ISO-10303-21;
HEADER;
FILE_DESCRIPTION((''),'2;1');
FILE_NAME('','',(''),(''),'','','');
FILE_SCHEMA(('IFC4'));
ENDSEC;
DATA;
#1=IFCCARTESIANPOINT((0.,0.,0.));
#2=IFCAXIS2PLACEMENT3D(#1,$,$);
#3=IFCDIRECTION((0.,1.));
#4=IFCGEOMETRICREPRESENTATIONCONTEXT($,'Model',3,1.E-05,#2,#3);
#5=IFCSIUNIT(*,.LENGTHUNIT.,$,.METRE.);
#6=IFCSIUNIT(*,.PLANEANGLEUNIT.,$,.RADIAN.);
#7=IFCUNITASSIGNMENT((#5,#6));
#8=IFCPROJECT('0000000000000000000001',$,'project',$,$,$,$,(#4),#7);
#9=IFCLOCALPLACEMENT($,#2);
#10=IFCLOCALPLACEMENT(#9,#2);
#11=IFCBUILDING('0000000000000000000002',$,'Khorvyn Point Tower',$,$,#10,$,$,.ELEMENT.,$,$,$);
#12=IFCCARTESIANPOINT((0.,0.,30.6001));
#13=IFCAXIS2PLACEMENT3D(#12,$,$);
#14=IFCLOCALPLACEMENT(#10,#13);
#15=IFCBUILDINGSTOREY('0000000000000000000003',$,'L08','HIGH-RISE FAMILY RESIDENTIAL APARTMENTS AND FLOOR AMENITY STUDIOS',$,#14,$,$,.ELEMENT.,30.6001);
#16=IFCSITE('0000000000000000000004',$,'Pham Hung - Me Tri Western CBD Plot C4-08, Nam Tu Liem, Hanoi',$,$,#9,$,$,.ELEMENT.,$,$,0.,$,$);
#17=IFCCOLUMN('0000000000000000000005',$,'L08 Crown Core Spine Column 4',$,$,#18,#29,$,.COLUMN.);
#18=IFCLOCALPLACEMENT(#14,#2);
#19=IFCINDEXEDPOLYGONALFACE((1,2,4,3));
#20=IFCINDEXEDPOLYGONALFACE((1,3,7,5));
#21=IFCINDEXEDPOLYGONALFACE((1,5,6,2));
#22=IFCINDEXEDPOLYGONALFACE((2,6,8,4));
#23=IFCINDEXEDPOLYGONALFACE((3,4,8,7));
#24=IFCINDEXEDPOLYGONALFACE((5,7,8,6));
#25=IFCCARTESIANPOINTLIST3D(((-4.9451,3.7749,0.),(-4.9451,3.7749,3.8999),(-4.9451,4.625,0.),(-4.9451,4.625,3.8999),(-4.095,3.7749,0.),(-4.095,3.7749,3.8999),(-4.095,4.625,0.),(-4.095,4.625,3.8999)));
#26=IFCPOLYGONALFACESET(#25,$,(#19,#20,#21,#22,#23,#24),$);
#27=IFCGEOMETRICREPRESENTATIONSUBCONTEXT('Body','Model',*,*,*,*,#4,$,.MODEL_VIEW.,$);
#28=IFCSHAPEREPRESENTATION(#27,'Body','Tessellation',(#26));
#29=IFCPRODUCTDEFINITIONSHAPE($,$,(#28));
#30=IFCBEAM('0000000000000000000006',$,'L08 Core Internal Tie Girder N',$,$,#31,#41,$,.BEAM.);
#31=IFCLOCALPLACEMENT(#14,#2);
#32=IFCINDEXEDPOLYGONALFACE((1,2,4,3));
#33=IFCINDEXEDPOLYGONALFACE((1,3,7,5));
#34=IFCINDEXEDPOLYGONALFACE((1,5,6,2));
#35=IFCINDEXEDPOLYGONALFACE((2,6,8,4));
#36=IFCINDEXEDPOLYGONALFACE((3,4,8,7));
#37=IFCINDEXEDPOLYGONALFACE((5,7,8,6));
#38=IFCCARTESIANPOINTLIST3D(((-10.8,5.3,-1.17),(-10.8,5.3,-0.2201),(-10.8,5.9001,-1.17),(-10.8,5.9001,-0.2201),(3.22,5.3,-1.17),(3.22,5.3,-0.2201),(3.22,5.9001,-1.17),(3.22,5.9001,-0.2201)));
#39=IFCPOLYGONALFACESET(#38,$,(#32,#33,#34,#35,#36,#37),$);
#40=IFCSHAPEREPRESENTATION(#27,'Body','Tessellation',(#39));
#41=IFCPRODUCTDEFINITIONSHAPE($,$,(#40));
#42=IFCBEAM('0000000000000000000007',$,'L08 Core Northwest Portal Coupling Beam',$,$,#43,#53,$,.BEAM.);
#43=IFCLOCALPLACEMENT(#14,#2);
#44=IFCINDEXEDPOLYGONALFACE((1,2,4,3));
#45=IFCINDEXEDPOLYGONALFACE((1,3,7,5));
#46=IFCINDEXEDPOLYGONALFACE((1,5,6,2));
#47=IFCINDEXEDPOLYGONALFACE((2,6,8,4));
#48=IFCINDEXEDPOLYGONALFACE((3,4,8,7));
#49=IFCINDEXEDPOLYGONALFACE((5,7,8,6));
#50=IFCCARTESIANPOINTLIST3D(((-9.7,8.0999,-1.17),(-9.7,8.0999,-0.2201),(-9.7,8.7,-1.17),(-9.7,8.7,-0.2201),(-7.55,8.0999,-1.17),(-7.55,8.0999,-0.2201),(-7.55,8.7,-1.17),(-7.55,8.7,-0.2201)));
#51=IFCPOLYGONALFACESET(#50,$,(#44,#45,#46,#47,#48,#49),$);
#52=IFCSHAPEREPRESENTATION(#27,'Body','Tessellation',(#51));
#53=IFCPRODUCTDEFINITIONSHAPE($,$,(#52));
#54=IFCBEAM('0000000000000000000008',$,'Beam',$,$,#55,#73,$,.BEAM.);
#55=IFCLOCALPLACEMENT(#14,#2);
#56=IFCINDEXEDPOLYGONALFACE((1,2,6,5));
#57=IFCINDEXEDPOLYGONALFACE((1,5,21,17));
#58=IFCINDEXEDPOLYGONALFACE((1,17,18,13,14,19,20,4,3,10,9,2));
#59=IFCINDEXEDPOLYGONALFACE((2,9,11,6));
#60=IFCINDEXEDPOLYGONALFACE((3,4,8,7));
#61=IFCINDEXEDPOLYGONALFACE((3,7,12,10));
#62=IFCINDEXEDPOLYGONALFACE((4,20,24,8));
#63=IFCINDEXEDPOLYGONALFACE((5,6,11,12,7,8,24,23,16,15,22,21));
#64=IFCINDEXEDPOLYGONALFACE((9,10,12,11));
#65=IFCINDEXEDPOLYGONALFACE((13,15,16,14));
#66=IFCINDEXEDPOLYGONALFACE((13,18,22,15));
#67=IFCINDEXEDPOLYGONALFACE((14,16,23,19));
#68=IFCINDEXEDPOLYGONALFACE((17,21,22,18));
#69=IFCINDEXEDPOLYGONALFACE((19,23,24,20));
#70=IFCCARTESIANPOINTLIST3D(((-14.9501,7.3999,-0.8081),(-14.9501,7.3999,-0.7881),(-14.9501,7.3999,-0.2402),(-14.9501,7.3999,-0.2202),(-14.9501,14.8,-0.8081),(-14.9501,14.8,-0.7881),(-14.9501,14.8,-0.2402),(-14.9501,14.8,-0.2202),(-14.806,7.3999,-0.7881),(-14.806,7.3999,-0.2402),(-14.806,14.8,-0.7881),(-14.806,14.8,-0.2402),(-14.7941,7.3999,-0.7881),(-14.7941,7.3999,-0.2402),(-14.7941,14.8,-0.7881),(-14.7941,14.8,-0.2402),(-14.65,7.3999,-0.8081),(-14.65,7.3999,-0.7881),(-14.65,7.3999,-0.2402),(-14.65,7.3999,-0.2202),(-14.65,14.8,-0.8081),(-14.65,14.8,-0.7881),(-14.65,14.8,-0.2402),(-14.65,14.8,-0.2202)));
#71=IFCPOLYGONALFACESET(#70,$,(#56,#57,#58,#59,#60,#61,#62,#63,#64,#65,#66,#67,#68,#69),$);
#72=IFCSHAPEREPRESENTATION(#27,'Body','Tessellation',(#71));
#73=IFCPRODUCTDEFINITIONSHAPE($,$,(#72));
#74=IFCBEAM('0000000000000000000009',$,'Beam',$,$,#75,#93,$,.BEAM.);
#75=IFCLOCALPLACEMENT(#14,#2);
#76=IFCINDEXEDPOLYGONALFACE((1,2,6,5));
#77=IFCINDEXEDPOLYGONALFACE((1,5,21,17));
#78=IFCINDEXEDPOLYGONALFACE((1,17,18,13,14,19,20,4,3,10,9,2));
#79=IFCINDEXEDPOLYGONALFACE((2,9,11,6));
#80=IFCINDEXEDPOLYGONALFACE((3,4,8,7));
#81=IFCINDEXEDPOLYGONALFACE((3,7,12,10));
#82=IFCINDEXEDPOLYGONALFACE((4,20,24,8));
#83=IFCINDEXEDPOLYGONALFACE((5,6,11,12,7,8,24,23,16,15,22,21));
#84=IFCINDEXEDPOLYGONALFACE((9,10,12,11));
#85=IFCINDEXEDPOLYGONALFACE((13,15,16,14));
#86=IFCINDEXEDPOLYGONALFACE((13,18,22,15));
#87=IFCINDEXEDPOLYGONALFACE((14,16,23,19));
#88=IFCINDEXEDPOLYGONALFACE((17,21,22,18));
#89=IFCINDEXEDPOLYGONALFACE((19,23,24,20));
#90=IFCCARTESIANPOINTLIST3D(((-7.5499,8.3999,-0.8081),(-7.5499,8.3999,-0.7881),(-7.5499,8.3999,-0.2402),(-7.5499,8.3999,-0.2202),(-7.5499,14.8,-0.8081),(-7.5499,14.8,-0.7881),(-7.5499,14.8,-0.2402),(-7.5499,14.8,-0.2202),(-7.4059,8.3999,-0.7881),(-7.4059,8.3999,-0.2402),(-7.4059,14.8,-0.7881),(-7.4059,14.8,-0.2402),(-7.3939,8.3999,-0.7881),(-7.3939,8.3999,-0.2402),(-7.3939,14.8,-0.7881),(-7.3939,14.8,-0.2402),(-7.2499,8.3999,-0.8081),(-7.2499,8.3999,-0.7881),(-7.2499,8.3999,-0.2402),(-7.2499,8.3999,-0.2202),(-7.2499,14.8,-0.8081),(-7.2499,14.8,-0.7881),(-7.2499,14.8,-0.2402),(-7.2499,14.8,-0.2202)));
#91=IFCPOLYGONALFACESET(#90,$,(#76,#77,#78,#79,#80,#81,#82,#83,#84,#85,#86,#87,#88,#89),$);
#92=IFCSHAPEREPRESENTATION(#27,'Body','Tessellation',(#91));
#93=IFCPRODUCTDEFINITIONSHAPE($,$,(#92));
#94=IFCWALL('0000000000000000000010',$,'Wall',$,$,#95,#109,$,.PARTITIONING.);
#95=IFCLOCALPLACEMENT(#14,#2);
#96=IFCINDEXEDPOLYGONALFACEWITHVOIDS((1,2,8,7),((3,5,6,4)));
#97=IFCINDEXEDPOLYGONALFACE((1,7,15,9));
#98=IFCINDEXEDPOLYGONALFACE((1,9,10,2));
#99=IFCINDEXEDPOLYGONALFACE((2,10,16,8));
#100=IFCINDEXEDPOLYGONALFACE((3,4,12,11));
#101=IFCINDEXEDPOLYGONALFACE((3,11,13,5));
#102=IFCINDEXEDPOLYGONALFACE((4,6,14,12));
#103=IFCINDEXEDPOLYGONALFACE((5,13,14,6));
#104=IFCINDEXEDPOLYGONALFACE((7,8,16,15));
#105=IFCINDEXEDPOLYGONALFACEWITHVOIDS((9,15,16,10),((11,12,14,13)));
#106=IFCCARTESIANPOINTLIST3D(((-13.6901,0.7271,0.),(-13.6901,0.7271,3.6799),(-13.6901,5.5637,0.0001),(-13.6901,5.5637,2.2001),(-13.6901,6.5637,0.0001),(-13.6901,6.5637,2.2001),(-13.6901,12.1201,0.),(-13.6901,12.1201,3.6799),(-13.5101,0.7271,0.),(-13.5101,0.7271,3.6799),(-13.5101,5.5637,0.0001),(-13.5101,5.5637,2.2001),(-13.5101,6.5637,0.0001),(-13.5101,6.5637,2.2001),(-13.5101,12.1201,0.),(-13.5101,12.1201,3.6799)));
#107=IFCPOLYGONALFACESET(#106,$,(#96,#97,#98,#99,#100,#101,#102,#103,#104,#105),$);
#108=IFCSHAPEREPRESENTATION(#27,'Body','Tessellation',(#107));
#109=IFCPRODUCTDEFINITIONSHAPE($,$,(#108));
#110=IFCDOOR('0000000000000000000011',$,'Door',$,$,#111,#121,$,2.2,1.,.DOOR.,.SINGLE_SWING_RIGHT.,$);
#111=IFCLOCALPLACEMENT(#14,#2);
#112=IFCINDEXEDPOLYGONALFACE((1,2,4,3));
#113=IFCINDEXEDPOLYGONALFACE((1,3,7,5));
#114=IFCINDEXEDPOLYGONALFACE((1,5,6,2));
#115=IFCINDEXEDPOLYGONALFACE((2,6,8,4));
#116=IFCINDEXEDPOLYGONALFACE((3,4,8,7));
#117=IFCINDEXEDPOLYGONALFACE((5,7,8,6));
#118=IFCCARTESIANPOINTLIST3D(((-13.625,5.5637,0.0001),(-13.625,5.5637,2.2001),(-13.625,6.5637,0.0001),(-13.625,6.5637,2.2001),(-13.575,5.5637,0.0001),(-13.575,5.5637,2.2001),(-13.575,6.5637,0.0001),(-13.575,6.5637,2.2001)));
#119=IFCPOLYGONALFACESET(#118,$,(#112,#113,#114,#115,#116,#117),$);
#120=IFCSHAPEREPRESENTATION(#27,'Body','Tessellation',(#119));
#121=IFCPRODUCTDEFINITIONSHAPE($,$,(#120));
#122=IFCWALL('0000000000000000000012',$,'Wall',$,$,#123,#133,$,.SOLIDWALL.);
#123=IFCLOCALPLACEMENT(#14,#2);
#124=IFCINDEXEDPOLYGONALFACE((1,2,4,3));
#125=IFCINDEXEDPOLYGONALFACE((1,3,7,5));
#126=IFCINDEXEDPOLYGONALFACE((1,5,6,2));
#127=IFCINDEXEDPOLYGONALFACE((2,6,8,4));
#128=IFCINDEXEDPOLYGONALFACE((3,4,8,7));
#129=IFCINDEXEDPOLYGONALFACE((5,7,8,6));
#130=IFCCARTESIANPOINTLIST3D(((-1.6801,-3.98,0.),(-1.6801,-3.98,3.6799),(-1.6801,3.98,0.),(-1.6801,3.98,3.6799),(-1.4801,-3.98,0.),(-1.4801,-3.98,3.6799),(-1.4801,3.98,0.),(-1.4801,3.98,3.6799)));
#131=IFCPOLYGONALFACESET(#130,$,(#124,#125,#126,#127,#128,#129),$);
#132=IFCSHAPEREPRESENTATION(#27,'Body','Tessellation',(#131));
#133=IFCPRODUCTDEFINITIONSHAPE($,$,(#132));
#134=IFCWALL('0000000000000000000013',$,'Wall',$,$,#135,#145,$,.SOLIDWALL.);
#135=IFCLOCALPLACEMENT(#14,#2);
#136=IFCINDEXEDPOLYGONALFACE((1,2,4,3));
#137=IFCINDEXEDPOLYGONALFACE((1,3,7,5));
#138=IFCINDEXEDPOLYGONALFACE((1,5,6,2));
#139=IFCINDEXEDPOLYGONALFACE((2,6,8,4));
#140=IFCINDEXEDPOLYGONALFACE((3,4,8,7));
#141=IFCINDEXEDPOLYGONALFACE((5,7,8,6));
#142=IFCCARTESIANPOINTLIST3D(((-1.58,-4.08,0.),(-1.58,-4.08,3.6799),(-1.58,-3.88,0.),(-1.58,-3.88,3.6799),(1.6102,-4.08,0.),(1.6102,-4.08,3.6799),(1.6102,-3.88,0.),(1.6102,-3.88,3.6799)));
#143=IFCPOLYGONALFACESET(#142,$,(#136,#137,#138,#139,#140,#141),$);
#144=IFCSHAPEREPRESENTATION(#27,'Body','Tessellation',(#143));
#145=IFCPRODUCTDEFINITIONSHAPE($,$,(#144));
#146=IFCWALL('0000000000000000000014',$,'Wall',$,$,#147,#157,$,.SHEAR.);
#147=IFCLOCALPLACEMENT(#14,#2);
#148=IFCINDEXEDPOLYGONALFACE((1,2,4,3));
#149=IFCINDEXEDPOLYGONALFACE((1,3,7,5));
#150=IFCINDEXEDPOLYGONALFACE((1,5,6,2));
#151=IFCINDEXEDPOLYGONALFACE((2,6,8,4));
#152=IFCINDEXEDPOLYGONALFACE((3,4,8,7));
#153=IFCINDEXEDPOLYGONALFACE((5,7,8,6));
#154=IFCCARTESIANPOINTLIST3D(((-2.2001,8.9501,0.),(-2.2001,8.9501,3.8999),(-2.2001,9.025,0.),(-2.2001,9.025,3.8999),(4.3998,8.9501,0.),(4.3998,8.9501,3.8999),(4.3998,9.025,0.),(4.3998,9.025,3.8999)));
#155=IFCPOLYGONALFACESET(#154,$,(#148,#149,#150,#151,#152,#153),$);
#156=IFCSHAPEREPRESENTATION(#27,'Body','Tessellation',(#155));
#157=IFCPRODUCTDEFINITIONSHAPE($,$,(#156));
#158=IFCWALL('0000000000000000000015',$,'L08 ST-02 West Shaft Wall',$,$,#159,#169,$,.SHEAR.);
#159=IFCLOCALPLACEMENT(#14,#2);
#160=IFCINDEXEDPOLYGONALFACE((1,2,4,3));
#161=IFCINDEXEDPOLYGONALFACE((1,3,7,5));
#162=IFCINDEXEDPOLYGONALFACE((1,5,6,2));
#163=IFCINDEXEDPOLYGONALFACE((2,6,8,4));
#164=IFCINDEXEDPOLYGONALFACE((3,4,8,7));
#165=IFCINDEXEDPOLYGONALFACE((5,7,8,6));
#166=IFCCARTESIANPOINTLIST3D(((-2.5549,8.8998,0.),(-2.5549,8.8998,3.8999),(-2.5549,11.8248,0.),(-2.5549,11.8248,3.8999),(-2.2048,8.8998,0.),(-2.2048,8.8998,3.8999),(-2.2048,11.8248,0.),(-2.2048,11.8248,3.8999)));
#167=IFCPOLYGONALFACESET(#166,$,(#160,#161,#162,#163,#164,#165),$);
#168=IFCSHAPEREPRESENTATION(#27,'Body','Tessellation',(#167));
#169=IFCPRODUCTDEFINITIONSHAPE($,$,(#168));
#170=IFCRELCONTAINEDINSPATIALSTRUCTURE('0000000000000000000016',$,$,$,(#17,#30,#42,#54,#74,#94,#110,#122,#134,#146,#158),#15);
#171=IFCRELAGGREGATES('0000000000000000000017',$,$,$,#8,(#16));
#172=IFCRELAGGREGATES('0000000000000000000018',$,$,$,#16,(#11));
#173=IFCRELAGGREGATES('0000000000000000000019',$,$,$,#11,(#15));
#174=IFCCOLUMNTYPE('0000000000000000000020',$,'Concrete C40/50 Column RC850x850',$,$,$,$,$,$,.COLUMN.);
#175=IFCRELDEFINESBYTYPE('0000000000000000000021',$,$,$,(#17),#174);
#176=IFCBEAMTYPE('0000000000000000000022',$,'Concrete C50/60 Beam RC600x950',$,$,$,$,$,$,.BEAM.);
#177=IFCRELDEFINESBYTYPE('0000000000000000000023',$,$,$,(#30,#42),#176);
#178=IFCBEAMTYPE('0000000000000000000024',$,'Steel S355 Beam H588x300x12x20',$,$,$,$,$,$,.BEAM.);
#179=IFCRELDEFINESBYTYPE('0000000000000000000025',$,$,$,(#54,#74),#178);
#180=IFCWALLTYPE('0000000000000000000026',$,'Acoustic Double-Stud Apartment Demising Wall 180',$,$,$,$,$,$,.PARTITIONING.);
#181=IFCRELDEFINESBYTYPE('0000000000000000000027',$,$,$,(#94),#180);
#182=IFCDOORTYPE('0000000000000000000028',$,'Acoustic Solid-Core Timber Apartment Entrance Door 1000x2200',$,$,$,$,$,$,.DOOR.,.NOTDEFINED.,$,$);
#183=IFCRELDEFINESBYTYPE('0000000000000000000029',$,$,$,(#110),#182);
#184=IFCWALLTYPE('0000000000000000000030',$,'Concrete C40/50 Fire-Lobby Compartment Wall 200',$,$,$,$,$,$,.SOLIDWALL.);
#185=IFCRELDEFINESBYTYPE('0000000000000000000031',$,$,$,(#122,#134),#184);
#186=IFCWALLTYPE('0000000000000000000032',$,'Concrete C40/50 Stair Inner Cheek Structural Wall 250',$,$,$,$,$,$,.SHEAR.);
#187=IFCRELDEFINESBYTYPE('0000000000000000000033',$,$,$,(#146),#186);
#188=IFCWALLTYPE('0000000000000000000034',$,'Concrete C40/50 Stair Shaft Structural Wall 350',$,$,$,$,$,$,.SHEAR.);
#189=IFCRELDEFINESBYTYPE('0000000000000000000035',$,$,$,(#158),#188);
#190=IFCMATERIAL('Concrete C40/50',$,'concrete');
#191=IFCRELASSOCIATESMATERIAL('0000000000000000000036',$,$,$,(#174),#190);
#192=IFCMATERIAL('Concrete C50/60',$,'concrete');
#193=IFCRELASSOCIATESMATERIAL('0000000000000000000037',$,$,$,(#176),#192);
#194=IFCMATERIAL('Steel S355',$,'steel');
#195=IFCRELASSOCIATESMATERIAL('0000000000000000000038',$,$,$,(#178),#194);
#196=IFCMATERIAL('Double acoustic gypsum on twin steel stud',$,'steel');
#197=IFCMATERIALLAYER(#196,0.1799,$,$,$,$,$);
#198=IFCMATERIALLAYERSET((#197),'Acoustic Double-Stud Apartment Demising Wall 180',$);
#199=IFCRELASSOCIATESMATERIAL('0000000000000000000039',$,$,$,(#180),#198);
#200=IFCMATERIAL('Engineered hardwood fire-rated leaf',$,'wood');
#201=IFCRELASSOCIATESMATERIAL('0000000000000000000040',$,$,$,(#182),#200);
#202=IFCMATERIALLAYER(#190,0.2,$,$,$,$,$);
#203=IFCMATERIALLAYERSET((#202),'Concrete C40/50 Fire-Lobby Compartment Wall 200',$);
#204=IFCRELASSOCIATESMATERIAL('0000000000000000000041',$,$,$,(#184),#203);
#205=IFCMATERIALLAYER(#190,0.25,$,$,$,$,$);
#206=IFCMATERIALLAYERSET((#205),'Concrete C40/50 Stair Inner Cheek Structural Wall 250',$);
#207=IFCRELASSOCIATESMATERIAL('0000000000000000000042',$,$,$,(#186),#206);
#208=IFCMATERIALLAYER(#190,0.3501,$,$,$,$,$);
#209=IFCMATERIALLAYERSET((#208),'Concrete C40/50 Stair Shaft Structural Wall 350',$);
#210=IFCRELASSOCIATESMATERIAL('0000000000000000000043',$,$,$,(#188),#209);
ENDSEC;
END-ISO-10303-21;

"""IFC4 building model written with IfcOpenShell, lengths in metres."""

from ifc_helpers import new_model, si_unit, direction, frame, frame_2d, origin, origin_2d, place, context, subcontext, project, spatial, rectangle, i_section, extrude, material, layer, layer_set, material_profile, profile_set, type_object, element, fill, save


model = new_model("IFC4")

# Units and contexts
model_context = context("Model", 3, precision=1e-05, world=origin(), true_north=direction((0.0, 1.0)))
body_context = subcontext(model_context, "Body", "Model", "MODEL_VIEW")
ifc_project = project(units=[si_unit("LENGTHUNIT", "METRE"), si_unit("PLANEANGLEUNIT", "RADIAN")], contexts=[model_context])

# Site, building, storey
site_placement = place(None, origin())
site = spatial("IfcSite", under=ifc_project, at=site_placement, Name="Pham Hung - Me Tri Western CBD Plot C4-08, Nam Tu Liem, Hanoi", CompositionType="ELEMENT", RefElevation=0.0)
building_placement = place(site_placement, origin())
building = spatial("IfcBuilding", under=site, at=building_placement, Name="Khorvyn Point Tower", CompositionType="ELEMENT")
storey_placement = place(building_placement, frame((0.0, 0.0, 30.6001)))
storey = spatial("IfcBuildingStorey", under=building, at=storey_placement, Name="L08", Description="HIGH-RISE FAMILY RESIDENTIAL APARTMENTS AND FLOOR AMENITY STUDIOS", CompositionType="ELEMENT", Elevation=30.6001)

# Column
ifc_material_1 = material(Name="Concrete C40/50", Category="concrete")
ifc_material_profile_1 = material_profile(ifc_material_1, rectangle(XDim=0.8501, YDim=0.8501, at=origin_2d()))
ifc_profile_set_1 = profile_set([ifc_material_profile_1], Name="Concrete C40/50 RC850x850")
column_type = type_object("IfcColumnType", Name="Concrete C40/50 Column RC850x850", PredefinedType="COLUMN", material=ifc_profile_set_1)
column_placement = place(storey_placement, frame((-4.52, 4.2, 0.0), z_axis=(0.0, 0.0, 1.0), x_axis=(1.0, 0.0, 0.0)))
element("IfcColumn", 1, at=column_placement, inside=storey, type_object=column_type, Name="L08 Crown Core Spine Column 4", PredefinedType="COLUMN", context=body_context, shape_type="SweptSolid", body=[
    extrude(rectangle(XDim=0.8501, YDim=0.8501, at=origin_2d()), origin(), (0.0, 0.0, 1.0), 3.8999),
])

# Beams
ifc_material_2 = material(Name="Concrete C50/60", Category="concrete")
ifc_material_profile_2 = material_profile(ifc_material_2, rectangle(XDim=0.6001, YDim=0.95, at=origin_2d()))
ifc_profile_set_2 = profile_set([ifc_material_profile_2], Name="Concrete C50/60 RC600x950")
beam_type_1 = type_object("IfcBeamType", Name="Concrete C50/60 Beam RC600x950", PredefinedType="BEAM", material=ifc_profile_set_2)
beam_1_placement = place(storey_placement, frame((-10.8, 5.6001, -0.6951), z_axis=(1.0, 0.0, 0.0), x_axis=(0.0, 1.0, 0.0)))
element("IfcBeam", 2, at=beam_1_placement, inside=storey, type_object=beam_type_1, Name="L08 Core Internal Tie Girder N", PredefinedType="BEAM", context=body_context, shape_type="SweptSolid", body=[
    extrude(rectangle(XDim=0.6001, YDim=0.95, at=origin_2d()), origin(), (0.0, 0.0, 1.0), 14.02),
])
beam_2_placement = place(storey_placement, frame((-9.7, 8.3999, -0.6951), z_axis=(1.0, 0.0, 0.0), x_axis=(0.0, 1.0, 0.0)))
element("IfcBeam", 3, at=beam_2_placement, inside=storey, type_object=beam_type_1, Name="L08 Core Northwest Portal Coupling Beam", PredefinedType="BEAM", context=body_context, shape_type="SweptSolid", body=[
    extrude(rectangle(XDim=0.6001, YDim=0.95, at=origin_2d()), origin(), (0.0, 0.0, 1.0), 2.1499),
])
ifc_material_3 = material(Name="Steel S355", Category="steel")
ifc_material_profile_3 = material_profile(ifc_material_3, i_section(OverallWidth=0.3, OverallDepth=0.5879, WebThickness=0.012, FlangeThickness=0.02, at=origin_2d()))
ifc_profile_set_3 = profile_set([ifc_material_profile_3], Name="Steel S355 H588x300x12x20")
beam_type_2 = type_object("IfcBeamType", Name="Steel S355 Beam H588x300x12x20", PredefinedType="BEAM", material=ifc_profile_set_3)
beam_3_placement = place(storey_placement, frame((-14.8, 7.3999, -0.5142), z_axis=(0.0, 1.0, 0.0), x_axis=(-1.0, 0.0, 0.0)))
element("IfcBeam", 4, at=beam_3_placement, inside=storey, type_object=beam_type_2, Name="Beam", PredefinedType="BEAM", context=body_context, shape_type="SweptSolid", body=[
    extrude(i_section(OverallWidth=0.3, OverallDepth=0.5879, WebThickness=0.012, FlangeThickness=0.02, at=origin_2d()), origin(), (0.0, 0.0, 1.0), 7.4001),
])
beam_4_placement = place(storey_placement, frame((-7.3999, 8.3999, -0.5142), z_axis=(0.0, 1.0, 0.0), x_axis=(-1.0, 0.0, 0.0)))
element("IfcBeam", 5, at=beam_4_placement, inside=storey, type_object=beam_type_2, Name="Beam", PredefinedType="BEAM", context=body_context, shape_type="SweptSolid", body=[
    extrude(i_section(OverallWidth=0.3, OverallDepth=0.5879, WebThickness=0.012, FlangeThickness=0.02, at=origin_2d()), origin(), (0.0, 0.0, 1.0), 6.4001),
])

# Wall, opening, door
ifc_material_4 = material(Name="Double acoustic gypsum on twin steel stud", Category="steel")
ifc_layer_1 = layer(ifc_material_4, 0.1799)
ifc_layer_set_1 = layer_set([ifc_layer_1], Name="Acoustic Double-Stud Apartment Demising Wall 180")
wall_type_1 = type_object("IfcWallType", Name="Acoustic Double-Stud Apartment Demising Wall 180", PredefinedType="PARTITIONING", material=ifc_layer_set_1)
wall_1_placement = place(storey_placement, frame((-13.6001, 0.7271, 0.0), z_axis=(0.0, 0.0, 1.0), x_axis=(0.0, 1.0, 0.0)))
wall_1 = element("IfcWall", 6, at=wall_1_placement, inside=storey, type_object=wall_type_1, Name="Wall", PredefinedType="PARTITIONING", context=body_context, shape_type="SweptSolid", body=[
    extrude(rectangle(XDim=11.3931, YDim=0.1799, at=frame_2d((5.6965, 0.0))), origin(), (0.0, 0.0, 1.0), 3.6799),
])
opening_1_placement = place(wall_1_placement, frame((4.8367, 0.0, 0.0)))
opening_1 = element("IfcOpeningElement", 7, at=opening_1_placement, cuts=wall_1, PredefinedType="OPENING", context=body_context, shape_type="SweptSolid", body=[
    extrude(rectangle(XDim=1.0, YDim=2.2, at=frame_2d((0.5, 1.1001))), frame((0.0, 0.0999, 0.0), z_axis=(0.0, -1.0, 0.0), x_axis=(1.0, 0.0, 0.0)), (0.0, 0.0, 1.0), 0.2),
])
ifc_material_5 = material(Name="Engineered hardwood fire-rated leaf", Category="wood")
door_type_1 = type_object("IfcDoorType", Name="Acoustic Solid-Core Timber Apartment Entrance Door 1000x2200", OperationType="NOTDEFINED", PredefinedType="DOOR", material=ifc_material_5)
door_1_placement = place(opening_1_placement, origin())
door_1 = element("IfcDoor", 8, at=door_1_placement, inside=storey, type_object=door_type_1, Name="Door", OperationType="SINGLE_SWING_RIGHT", OverallHeight=2.2, OverallWidth=1.0, PredefinedType="DOOR", context=body_context, shape_type="SweptSolid", body=[
    extrude(rectangle(XDim=1.0, YDim=2.2, at=frame_2d((0.5, 1.1001))), frame((0.0, 0.0249, 0.0), z_axis=(0.0, -1.0, 0.0), x_axis=(1.0, 0.0, 0.0)), (0.0, 0.0, 1.0), 0.05),
])
fill(opening_1, door_1)
ifc_layer_2 = layer(ifc_material_1, 0.2)
ifc_layer_set_2 = layer_set([ifc_layer_2], Name="Concrete C40/50 Fire-Lobby Compartment Wall 200")
wall_type_2 = type_object("IfcWallType", Name="Concrete C40/50 Fire-Lobby Compartment Wall 200", PredefinedType="SOLIDWALL", material=ifc_layer_set_2)

# Walls
wall_2_placement = place(storey_placement, frame((-1.5801, -3.98, 0.0), z_axis=(0.0, 0.0, 1.0), x_axis=(0.0, 1.0, 0.0)))
element("IfcWall", 9, at=wall_2_placement, inside=storey, type_object=wall_type_2, Name="Wall", PredefinedType="SOLIDWALL", context=body_context, shape_type="SweptSolid", body=[
    extrude(rectangle(XDim=7.96, YDim=0.2, at=frame_2d((3.98, 0.0))), origin(), (0.0, 0.0, 1.0), 3.6799),
])
wall_3_placement = place(storey_placement, frame((-1.5801, -3.98, 0.0), z_axis=(0.0, 0.0, 1.0), x_axis=(1.0, 0.0, 0.0)))
element("IfcWall", 10, at=wall_3_placement, inside=storey, type_object=wall_type_2, Name="Wall", PredefinedType="SOLIDWALL", context=body_context, shape_type="SweptSolid", body=[
    extrude(rectangle(XDim=3.1902, YDim=0.2, at=frame_2d((1.5952, 0.0))), origin(), (0.0, 0.0, 1.0), 3.6799),
])
ifc_layer_3 = layer(ifc_material_1, 0.25)
ifc_layer_set_3 = layer_set([ifc_layer_3], Name="Concrete C40/50 Stair Inner Cheek Structural Wall 250")
wall_type_3 = type_object("IfcWallType", Name="Concrete C40/50 Stair Inner Cheek Structural Wall 250", PredefinedType="SHEAR", material=ifc_layer_set_3)
wall_4_placement = place(storey_placement, frame((-2.2, 8.9875, 0.0), z_axis=(0.0, 0.0, 1.0), x_axis=(1.0, 0.0, 0.0)))
element("IfcWall", 11, at=wall_4_placement, inside=storey, type_object=wall_type_3, Name="Wall", PredefinedType="SHEAR", context=body_context, shape_type="SweptSolid", body=[
    extrude(rectangle(XDim=6.5999, YDim=0.075, at=frame_2d((3.2998, 0.0))), origin(), (0.0, 0.0, 1.0), 3.8999),
])
ifc_layer_4 = layer(ifc_material_1, 0.3501)
ifc_layer_set_4 = layer_set([ifc_layer_4], Name="Concrete C40/50 Stair Shaft Structural Wall 350")
wall_type_4 = type_object("IfcWallType", Name="Concrete C40/50 Stair Shaft Structural Wall 350", PredefinedType="SHEAR", material=ifc_layer_set_4)
wall_5_placement = place(storey_placement, frame((-2.3799, 8.8999, 0.0), z_axis=(0.0, 0.0, 1.0), x_axis=(0.0, 1.0, 0.0)))
element("IfcWall", 12, at=wall_5_placement, inside=storey, type_object=wall_type_4, Name="L08 ST-02 West Shaft Wall", PredefinedType="SHEAR", context=body_context, shape_type="SweptSolid", body=[
    extrude(rectangle(XDim=2.925, YDim=0.3501, at=frame_2d((1.4624, 0.0))), origin(), (0.0, 0.0, 1.0), 3.8999),
])

save(model, "model.ifc")
